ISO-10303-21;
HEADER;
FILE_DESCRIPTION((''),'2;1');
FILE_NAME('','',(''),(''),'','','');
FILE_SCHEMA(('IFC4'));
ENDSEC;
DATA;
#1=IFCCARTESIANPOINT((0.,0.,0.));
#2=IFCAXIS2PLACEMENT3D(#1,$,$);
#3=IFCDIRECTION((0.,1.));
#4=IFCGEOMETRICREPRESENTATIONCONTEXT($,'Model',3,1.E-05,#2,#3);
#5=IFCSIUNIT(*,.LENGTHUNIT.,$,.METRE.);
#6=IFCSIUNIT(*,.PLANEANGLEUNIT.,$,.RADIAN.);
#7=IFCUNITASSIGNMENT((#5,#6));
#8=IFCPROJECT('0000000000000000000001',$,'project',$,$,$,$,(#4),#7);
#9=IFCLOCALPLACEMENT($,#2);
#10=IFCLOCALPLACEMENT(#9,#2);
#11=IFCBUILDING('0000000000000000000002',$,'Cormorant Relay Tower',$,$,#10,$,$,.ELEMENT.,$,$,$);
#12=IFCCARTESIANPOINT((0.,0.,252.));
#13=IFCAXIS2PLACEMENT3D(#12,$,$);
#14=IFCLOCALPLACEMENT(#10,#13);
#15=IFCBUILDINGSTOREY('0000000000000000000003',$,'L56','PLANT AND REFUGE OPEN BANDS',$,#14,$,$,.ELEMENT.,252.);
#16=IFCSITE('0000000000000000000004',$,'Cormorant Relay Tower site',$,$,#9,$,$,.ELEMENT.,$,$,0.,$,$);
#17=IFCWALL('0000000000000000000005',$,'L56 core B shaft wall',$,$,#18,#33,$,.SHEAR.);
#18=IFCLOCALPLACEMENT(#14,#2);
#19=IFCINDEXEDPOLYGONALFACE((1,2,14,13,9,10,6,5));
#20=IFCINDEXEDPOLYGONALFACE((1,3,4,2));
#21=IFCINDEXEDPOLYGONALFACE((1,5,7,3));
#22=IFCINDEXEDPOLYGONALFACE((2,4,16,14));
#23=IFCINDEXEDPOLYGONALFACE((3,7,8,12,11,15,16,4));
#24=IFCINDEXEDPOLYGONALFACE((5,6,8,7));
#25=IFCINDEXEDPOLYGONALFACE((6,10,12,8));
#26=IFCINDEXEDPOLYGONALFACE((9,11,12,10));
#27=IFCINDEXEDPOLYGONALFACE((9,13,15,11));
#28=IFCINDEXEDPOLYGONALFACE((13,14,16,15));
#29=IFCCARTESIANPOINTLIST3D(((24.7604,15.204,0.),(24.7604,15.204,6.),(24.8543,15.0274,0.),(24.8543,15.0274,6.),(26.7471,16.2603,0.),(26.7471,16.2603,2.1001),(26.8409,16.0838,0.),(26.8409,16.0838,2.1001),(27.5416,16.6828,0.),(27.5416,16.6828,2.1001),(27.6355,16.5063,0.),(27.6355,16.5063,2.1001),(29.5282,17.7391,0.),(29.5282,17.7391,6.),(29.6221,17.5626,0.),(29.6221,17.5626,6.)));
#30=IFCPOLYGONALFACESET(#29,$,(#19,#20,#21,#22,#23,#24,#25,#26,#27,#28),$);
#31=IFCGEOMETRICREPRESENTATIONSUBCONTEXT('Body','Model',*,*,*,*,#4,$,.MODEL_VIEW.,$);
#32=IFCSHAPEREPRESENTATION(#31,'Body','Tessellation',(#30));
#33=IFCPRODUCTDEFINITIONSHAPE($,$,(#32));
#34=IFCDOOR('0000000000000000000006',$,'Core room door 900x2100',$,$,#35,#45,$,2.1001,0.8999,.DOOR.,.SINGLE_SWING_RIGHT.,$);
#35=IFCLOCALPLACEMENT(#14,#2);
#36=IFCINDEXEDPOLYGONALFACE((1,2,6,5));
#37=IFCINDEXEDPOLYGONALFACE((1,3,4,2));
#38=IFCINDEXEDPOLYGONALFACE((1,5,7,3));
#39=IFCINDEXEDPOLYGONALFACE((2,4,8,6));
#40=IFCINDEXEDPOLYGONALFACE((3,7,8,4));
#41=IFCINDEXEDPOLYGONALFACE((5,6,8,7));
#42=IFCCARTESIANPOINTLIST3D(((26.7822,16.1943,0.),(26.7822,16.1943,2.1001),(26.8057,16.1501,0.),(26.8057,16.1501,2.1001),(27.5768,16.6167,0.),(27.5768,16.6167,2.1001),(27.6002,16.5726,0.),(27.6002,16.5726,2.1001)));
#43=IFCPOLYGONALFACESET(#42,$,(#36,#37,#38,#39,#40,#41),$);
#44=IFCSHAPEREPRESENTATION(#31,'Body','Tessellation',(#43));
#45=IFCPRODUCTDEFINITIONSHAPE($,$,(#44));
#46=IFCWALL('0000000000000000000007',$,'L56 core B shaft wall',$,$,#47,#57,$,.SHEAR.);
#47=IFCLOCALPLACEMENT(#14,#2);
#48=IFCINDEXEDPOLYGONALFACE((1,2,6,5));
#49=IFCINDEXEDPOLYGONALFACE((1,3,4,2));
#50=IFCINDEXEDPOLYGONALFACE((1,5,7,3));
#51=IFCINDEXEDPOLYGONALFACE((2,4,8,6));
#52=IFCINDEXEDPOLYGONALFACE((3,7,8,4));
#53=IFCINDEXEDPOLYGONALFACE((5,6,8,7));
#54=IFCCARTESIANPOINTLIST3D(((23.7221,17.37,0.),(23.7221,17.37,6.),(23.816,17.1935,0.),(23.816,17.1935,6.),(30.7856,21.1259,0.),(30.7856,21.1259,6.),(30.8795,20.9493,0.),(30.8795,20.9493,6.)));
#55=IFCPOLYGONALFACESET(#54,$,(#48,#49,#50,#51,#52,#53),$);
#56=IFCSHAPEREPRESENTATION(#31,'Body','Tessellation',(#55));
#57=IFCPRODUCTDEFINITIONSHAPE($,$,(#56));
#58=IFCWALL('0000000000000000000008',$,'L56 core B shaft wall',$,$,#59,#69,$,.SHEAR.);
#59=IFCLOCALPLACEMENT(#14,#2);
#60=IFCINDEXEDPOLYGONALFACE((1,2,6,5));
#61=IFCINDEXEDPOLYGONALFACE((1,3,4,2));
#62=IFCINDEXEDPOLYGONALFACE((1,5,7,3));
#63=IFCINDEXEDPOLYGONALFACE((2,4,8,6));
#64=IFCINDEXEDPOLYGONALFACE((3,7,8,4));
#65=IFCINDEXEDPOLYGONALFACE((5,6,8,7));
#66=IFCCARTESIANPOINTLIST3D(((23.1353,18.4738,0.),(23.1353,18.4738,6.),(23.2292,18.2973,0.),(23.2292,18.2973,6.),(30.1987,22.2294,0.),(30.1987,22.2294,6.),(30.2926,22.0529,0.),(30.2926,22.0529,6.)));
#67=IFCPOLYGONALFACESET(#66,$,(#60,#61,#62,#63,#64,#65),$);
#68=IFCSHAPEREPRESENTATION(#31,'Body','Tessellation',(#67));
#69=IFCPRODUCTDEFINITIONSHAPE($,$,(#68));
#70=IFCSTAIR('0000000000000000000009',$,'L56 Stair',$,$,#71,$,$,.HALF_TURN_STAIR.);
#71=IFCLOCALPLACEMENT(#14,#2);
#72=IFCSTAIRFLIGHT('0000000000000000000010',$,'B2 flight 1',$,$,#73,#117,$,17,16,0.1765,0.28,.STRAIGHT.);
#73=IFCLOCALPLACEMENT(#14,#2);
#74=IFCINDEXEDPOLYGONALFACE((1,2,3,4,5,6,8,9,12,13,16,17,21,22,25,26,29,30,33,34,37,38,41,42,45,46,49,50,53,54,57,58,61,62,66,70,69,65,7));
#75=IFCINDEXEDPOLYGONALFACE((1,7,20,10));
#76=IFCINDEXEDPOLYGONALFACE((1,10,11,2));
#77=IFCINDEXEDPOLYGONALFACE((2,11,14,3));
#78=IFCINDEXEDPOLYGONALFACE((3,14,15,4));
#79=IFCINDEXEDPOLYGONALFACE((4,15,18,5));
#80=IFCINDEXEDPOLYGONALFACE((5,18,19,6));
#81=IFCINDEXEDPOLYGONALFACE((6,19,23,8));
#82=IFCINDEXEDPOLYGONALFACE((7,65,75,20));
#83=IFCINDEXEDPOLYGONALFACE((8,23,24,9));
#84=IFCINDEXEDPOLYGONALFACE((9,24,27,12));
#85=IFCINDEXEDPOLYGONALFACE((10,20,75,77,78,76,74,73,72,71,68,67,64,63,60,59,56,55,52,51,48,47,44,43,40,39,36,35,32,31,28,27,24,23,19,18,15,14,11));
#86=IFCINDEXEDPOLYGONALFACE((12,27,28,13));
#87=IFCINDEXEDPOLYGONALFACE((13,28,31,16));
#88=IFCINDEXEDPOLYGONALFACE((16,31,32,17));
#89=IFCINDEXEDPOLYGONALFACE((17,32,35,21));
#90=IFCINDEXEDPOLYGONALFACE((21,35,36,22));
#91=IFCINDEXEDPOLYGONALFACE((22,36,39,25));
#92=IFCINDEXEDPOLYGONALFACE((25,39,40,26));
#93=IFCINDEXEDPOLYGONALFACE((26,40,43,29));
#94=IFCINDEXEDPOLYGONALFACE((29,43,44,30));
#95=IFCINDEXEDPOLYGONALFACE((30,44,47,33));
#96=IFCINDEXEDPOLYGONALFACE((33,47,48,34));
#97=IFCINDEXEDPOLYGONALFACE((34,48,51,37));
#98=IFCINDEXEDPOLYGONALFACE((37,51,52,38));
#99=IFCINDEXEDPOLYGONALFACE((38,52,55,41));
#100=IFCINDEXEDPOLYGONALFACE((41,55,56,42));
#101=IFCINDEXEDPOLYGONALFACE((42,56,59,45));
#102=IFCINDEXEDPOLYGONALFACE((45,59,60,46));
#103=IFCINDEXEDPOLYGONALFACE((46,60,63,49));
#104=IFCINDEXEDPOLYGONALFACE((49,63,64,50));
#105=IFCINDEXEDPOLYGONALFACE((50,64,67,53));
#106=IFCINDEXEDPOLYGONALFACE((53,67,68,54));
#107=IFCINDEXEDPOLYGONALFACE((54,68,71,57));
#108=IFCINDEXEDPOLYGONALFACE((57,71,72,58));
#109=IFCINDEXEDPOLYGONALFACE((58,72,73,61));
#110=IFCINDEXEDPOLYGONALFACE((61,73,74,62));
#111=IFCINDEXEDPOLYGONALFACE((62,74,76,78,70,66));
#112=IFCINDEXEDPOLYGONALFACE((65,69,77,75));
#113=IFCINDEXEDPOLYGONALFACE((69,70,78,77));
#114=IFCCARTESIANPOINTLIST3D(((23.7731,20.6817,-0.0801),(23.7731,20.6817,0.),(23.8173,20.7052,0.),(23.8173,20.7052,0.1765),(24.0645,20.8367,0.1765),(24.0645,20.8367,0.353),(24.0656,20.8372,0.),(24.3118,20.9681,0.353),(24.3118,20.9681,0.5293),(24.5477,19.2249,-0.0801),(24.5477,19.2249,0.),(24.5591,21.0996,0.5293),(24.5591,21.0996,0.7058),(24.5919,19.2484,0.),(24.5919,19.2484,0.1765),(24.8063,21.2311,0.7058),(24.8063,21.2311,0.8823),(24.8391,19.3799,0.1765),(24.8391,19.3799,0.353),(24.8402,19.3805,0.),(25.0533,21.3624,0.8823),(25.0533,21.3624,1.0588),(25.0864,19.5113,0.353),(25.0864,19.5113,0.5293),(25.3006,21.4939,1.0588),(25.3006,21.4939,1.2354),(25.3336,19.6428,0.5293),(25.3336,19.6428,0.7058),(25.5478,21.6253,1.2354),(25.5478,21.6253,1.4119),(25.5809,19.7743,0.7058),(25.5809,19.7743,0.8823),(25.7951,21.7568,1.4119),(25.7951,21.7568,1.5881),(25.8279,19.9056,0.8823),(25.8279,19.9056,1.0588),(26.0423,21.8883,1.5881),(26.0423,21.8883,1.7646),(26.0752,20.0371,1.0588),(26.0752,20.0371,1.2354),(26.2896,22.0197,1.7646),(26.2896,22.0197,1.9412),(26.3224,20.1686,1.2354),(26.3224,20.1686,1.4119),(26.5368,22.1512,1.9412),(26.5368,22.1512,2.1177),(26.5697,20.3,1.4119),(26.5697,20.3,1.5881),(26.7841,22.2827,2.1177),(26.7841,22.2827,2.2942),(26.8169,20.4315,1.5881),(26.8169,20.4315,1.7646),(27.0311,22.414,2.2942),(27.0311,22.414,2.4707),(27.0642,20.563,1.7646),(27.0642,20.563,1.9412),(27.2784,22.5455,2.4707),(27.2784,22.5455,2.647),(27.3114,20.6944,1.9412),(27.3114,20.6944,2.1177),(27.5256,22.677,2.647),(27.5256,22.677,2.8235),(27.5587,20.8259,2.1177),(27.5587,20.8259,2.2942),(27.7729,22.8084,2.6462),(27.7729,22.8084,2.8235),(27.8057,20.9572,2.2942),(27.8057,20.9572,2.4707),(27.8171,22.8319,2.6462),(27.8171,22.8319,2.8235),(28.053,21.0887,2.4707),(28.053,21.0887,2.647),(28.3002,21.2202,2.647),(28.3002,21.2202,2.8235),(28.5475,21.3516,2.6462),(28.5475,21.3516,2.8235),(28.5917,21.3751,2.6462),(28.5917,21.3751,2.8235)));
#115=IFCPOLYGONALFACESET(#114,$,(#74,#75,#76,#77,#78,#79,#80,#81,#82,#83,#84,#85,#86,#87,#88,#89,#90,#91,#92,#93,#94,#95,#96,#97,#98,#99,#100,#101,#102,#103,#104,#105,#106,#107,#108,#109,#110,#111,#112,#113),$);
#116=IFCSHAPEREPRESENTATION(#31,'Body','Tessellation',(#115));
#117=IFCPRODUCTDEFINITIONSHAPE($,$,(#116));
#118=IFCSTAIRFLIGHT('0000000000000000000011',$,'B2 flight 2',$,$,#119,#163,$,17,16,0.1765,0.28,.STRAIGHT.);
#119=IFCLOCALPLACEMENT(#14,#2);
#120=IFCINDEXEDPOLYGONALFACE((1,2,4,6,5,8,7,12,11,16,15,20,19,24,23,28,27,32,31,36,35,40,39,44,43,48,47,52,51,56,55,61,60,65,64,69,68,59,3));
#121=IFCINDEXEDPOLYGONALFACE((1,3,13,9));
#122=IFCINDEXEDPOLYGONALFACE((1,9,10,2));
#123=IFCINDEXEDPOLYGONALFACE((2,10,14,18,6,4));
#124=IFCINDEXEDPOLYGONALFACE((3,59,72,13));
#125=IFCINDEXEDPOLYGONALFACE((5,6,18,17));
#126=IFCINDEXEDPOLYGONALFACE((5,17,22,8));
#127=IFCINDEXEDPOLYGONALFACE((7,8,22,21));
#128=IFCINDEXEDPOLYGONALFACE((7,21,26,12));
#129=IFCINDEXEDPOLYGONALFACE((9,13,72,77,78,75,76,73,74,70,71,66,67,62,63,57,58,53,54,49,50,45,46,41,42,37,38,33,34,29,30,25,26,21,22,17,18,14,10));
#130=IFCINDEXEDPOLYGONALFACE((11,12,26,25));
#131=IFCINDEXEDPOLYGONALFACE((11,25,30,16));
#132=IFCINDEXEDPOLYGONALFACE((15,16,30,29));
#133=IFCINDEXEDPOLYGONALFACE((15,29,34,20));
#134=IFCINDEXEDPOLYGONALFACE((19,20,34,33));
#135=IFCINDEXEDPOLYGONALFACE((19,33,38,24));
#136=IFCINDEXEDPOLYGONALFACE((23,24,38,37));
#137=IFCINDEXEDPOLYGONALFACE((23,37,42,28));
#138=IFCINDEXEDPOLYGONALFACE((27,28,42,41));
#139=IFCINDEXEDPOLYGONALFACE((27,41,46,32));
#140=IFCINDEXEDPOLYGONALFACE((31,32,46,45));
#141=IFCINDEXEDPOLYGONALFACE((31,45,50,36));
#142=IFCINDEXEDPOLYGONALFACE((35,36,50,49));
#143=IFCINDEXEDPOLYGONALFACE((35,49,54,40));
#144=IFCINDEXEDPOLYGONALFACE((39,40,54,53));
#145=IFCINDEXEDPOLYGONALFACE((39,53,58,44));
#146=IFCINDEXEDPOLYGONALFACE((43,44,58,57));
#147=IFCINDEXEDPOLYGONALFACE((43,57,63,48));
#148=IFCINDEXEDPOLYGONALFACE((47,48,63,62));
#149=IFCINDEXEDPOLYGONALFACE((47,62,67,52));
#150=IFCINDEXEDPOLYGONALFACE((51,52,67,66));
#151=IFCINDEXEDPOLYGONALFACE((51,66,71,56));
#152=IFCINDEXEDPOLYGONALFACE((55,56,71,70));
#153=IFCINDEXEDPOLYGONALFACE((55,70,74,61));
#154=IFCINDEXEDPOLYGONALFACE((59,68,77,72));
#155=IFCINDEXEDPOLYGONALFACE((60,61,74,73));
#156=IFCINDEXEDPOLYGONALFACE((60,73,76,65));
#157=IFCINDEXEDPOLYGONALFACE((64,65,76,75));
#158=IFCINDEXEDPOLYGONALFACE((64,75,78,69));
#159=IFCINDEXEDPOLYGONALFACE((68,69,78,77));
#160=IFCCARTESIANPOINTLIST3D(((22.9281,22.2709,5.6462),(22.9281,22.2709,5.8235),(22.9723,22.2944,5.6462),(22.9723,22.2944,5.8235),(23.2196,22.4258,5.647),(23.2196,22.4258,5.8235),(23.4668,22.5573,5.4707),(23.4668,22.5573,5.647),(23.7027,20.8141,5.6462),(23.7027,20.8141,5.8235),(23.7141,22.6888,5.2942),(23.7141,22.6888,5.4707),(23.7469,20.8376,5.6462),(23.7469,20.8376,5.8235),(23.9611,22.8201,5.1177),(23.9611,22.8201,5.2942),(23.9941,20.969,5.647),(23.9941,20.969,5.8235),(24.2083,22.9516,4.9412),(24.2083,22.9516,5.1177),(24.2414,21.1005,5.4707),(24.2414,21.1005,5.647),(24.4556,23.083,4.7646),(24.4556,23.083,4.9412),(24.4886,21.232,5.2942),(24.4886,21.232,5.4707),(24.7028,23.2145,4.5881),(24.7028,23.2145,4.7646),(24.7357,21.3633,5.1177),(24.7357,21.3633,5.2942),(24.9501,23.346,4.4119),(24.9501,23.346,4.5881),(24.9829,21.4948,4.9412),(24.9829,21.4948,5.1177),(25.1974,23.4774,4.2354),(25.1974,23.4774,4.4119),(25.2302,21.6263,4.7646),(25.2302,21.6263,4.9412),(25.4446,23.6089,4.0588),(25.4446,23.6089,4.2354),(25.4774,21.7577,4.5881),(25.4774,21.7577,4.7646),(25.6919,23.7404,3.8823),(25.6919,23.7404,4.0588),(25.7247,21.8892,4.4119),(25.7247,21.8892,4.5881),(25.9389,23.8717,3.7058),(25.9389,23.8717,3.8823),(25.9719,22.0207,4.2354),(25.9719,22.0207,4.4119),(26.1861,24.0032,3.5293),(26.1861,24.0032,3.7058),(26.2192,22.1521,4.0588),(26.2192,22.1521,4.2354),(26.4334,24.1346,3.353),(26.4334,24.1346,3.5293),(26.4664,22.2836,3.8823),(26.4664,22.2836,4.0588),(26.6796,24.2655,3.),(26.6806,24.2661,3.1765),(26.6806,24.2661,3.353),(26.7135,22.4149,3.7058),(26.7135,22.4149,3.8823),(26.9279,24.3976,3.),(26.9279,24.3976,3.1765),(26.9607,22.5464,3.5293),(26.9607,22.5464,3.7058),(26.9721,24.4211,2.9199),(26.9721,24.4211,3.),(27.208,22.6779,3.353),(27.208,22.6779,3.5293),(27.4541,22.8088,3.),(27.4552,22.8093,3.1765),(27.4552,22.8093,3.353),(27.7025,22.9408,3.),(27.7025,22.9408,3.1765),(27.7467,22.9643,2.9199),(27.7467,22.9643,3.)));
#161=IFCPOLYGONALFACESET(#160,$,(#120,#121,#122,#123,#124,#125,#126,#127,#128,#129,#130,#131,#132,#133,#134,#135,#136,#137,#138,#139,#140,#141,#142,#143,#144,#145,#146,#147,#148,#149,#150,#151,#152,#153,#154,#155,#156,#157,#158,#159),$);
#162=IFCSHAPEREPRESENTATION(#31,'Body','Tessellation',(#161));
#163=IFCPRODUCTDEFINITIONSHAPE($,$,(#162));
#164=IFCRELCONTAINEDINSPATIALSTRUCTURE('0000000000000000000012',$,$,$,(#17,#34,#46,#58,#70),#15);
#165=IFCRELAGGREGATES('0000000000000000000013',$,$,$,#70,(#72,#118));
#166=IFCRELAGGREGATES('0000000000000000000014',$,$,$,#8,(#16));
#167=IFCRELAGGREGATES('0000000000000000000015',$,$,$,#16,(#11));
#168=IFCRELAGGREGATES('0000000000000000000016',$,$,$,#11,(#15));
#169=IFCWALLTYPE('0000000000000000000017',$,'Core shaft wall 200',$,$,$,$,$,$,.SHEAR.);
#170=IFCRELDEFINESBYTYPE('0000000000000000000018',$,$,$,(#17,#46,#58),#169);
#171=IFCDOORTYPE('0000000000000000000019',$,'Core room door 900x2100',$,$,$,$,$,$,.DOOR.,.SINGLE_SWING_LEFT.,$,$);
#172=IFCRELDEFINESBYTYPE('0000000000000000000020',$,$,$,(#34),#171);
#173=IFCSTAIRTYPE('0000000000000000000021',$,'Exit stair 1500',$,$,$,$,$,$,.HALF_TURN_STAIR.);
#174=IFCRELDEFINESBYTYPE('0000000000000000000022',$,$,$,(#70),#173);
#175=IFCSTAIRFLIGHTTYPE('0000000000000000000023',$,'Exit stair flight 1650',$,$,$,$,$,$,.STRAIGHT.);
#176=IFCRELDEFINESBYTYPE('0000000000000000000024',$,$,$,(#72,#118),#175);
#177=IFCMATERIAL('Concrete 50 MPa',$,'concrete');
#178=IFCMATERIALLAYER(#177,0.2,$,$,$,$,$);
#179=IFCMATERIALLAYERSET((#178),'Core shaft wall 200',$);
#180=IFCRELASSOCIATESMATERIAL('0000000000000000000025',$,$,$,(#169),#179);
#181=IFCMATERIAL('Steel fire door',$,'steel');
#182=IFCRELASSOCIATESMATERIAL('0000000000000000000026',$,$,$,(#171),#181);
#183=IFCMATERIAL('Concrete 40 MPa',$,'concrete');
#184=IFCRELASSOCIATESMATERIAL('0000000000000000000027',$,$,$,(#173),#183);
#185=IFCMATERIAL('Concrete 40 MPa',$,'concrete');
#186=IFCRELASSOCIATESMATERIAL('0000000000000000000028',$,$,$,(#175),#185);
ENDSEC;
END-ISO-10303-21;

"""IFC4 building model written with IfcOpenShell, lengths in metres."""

from ifc_helpers import new_model, si_unit, direction, frame, frame_2d, origin, place, context, subcontext, project, spatial, polyline, rectangle, outline, extrude, material, layer, layer_set, type_object, element, fill, aggregate, save


model = new_model("IFC4")

# Units and contexts
model_context = context("Model", 3, precision=1e-05, world=origin(), true_north=direction((0.0, 1.0)))
body_context = subcontext(model_context, "Body", "Model", "MODEL_VIEW")
ifc_project = project(units=[si_unit("LENGTHUNIT", "METRE"), si_unit("PLANEANGLEUNIT", "RADIAN")], contexts=[model_context])

# Site, building, storey
site_placement = place(None, origin())
site = spatial("IfcSite", under=ifc_project, at=site_placement, Name="Cormorant Relay Tower site", CompositionType="ELEMENT", RefElevation=0.0)
building_placement = place(site_placement, origin())
building = spatial("IfcBuilding", under=site, at=building_placement, Name="Cormorant Relay Tower", CompositionType="ELEMENT")
storey_placement = place(building_placement, frame((0.0, 0.0, 252.0)))
storey = spatial("IfcBuildingStorey", under=building, at=storey_placement, Name="L56", Description="PLANT AND REFUGE OPEN BANDS", CompositionType="ELEMENT", Elevation=252.0)

# Shared definitions
ifc_material_1 = material(Name="Concrete 50 MPa", Category="concrete")
ifc_layer = layer(ifc_material_1, 0.2)
ifc_layer_set = layer_set([ifc_layer], Name="Core shaft wall 200")
wall_type = type_object("IfcWallType", Name="Core shaft wall 200", PredefinedType="SHEAR", material=ifc_layer_set)
ifc_material_2 = material(Name="Steel fire door", Category="steel")
door_type_1 = type_object("IfcDoorType", Name="Core room door 900x2100", OperationType="SINGLE_SWING_LEFT", PredefinedType="DOOR", material=ifc_material_2)

# Wall, opening, door
wall_1_placement = place(storey_placement, frame((24.8074, 15.1157, 0.0), z_axis=(0.0, 0.0, 1.0), x_axis=(0.882943, 0.46948, 0.0)))
wall_1 = element("IfcWall", 1, at=wall_1_placement, inside=storey, type_object=wall_type, Name="L56 core B shaft wall", PredefinedType="SHEAR", context=body_context, shape_type="SweptSolid", body=[
    extrude(rectangle(XDim=5.3999, YDim=0.2, at=frame_2d((2.7, 0.0))), origin(), (0.0, 0.0, 1.0), 6.0),
])
opening_1_placement = place(wall_1_placement, frame((2.25, 0.0, 0.0)))
opening_1 = element("IfcOpeningElement", 2, at=opening_1_placement, cuts=wall_1, PredefinedType="OPENING", context=body_context, shape_type="SweptSolid", body=[
    extrude(rectangle(XDim=0.8999, YDim=2.1001, at=frame_2d((0.45, 1.05))), frame((0.0, 0.1099, 0.0), z_axis=(0.0, -1.0, 0.0), x_axis=(1.0, 0.0, 0.0)), (0.0, 0.0, 1.0), 0.22),
])
door_1_placement = place(opening_1_placement, frame((0.8999, 0.0, 0.0), z_axis=(0.0, 0.0, 1.0), x_axis=(-1.0, 0.0, 0.0)))
door_1 = element("IfcDoor", 3, at=door_1_placement, inside=storey, type_object=door_type_1, Name="Core room door 900x2100", OperationType="SINGLE_SWING_RIGHT", OverallHeight=2.1001, OverallWidth=0.8999, PredefinedType="DOOR", context=body_context, shape_type="SweptSolid", body=[
    extrude(rectangle(XDim=0.8999, YDim=2.1001, at=frame_2d((0.45, 1.05))), frame((0.0, 0.0249, 0.0), z_axis=(0.0, -1.0, 0.0), x_axis=(1.0, 0.0, 0.0)), (0.0, 0.0, 1.0), 0.05),
])
fill(opening_1, door_1)

# Walls
wall_2_placement = place(storey_placement, frame((23.769, 17.2817, 0.0), z_axis=(0.0, 0.0, 1.0), x_axis=(0.88294, 0.469485, 0.0)))
element("IfcWall", 4, at=wall_2_placement, inside=storey, type_object=wall_type, Name="L56 core B shaft wall", PredefinedType="SHEAR", context=body_context, shape_type="SweptSolid", body=[
    extrude(rectangle(XDim=8.0, YDim=0.2, at=frame_2d((4.0, 0.0))), origin(), (0.0, 0.0, 1.0), 6.0),
])
wall_3_placement = place(storey_placement, frame((23.1821, 18.3855, 0.0), z_axis=(0.0, 0.0, 1.0), x_axis=(0.882953, 0.469462, 0.0)))
element("IfcWall", 5, at=wall_3_placement, inside=storey, type_object=wall_type, Name="L56 core B shaft wall", PredefinedType="SHEAR", context=body_context, shape_type="SweptSolid", body=[
    extrude(rectangle(XDim=7.9998, YDim=0.2, at=frame_2d((4.0, 0.0))), origin(), (0.0, 0.0, 1.0), 6.0),
])

# Stair, stair flights
ifc_material_3 = material(Name="Concrete 40 MPa", Category="concrete")
stair_type = type_object("IfcStairType", Name="Exit stair 1500", PredefinedType="HALF_TURN_STAIR", material=ifc_material_3)
stair_placement = place(storey_placement, origin())
stair = element("IfcStair", 6, at=stair_placement, inside=storey, type_object=stair_type, Name="L56 Stair", PredefinedType="HALF_TURN_STAIR")
ifc_material_4 = material(Name="Concrete 40 MPa", Category="concrete")
stair_flight_type = type_object("IfcStairFlightType", Name="Exit stair flight 1650", PredefinedType="STRAIGHT", material=ifc_material_4)
stair_flight_1_placement = place(storey_placement, frame((24.2046, 19.9768, 0.0), z_axis=(0.0, 0.0, 1.0), x_axis=(0.882948, 0.469472, 0.0)))
stair_flight_1 = element("IfcStairFlight", 7, at=stair_flight_1_placement, type_object=stair_flight_type, Name="B2 flight 1", NumberOfRisers=17, NumberOfTreads=16, PredefinedType="STRAIGHT", RiserHeight=0.1765, TreadLength=0.28, context=body_context, shape_type="SweptSolid", body=[
    extrude(outline(polyline([(-0.05, -0.0801), (-0.05, 0.0), (0.0, 0.0), (0.0, 0.1765), (0.28, 0.1765), (0.28, 0.353), (0.5601, 0.353), (0.5601, 0.5293), (0.8401, 0.5293), (0.8401, 0.7058), (1.1201, 0.7058), (1.1201, 0.8823), (1.3999, 0.8823), (1.3999, 1.0588), (1.6799, 1.0588), (1.6799, 1.2354), (1.96, 1.2354), (1.96, 1.4119), (2.24, 1.4119), (2.24, 1.5881), (2.52, 1.5881), (2.52, 1.7646), (2.8, 1.7646), (2.8, 1.9412), (3.0801, 1.9412), (3.0801, 2.1177), (3.3601, 2.1177), (3.3601, 2.2942), (3.6399, 2.2942), (3.6399, 2.4707), (3.9199, 2.4707), (3.9199, 2.647), (4.2, 2.647), (4.2, 2.8235), (4.48, 2.8235), (4.53, 2.8235), (4.53, 2.6462), (4.48, 2.6462), (0.2812, 0.0), (-0.05, -0.0801)])), frame((0.0, 0.825, 0.0), z_axis=(0.0, -1.0, 0.0), x_axis=(1.0, 0.0, 0.0)), (0.0, 0.0, 1.0), 1.6499),
])
stair_flight_2_placement = place(storey_placement, frame((27.3152, 23.6692, 3.0), z_axis=(0.0, 0.0, 1.0), x_axis=(-0.882948, -0.469472, 0.0)))
stair_flight_2 = element("IfcStairFlight", 8, at=stair_flight_2_placement, type_object=stair_flight_type, Name="B2 flight 2", NumberOfRisers=17, NumberOfTreads=16, PredefinedType="STRAIGHT", RiserHeight=0.1765, TreadLength=0.28, context=body_context, shape_type="SweptSolid", body=[
    extrude(outline(polyline([(-0.05, -0.0801), (-0.05, 0.0), (0.0, 0.0), (0.0, 0.1765), (0.28, 0.1765), (0.28, 0.353), (0.5601, 0.353), (0.5601, 0.5293), (0.8401, 0.5293), (0.8401, 0.7058), (1.1201, 0.7058), (1.1201, 0.8823), (1.3999, 0.8823), (1.3999, 1.0588), (1.6799, 1.0588), (1.6799, 1.2354), (1.96, 1.2354), (1.96, 1.4119), (2.24, 1.4119), (2.24, 1.5881), (2.52, 1.5881), (2.52, 1.7646), (2.8, 1.7646), (2.8, 1.9412), (3.0801, 1.9412), (3.0801, 2.1177), (3.3601, 2.1177), (3.3601, 2.2942), (3.6399, 2.2942), (3.6399, 2.4707), (3.9199, 2.4707), (3.9199, 2.647), (4.2, 2.647), (4.2, 2.8235), (4.48, 2.8235), (4.53, 2.8235), (4.53, 2.6462), (4.48, 2.6462), (0.2812, 0.0), (-0.05, -0.0801)])), frame((0.0, 0.825, 0.0), z_axis=(0.0, -1.0, 0.0), x_axis=(1.0, 0.0, 0.0)), (0.0, 0.0, 1.0), 1.6499),
])
aggregate(stair, [stair_flight_1, stair_flight_2])

save(model, "model.ifc")
